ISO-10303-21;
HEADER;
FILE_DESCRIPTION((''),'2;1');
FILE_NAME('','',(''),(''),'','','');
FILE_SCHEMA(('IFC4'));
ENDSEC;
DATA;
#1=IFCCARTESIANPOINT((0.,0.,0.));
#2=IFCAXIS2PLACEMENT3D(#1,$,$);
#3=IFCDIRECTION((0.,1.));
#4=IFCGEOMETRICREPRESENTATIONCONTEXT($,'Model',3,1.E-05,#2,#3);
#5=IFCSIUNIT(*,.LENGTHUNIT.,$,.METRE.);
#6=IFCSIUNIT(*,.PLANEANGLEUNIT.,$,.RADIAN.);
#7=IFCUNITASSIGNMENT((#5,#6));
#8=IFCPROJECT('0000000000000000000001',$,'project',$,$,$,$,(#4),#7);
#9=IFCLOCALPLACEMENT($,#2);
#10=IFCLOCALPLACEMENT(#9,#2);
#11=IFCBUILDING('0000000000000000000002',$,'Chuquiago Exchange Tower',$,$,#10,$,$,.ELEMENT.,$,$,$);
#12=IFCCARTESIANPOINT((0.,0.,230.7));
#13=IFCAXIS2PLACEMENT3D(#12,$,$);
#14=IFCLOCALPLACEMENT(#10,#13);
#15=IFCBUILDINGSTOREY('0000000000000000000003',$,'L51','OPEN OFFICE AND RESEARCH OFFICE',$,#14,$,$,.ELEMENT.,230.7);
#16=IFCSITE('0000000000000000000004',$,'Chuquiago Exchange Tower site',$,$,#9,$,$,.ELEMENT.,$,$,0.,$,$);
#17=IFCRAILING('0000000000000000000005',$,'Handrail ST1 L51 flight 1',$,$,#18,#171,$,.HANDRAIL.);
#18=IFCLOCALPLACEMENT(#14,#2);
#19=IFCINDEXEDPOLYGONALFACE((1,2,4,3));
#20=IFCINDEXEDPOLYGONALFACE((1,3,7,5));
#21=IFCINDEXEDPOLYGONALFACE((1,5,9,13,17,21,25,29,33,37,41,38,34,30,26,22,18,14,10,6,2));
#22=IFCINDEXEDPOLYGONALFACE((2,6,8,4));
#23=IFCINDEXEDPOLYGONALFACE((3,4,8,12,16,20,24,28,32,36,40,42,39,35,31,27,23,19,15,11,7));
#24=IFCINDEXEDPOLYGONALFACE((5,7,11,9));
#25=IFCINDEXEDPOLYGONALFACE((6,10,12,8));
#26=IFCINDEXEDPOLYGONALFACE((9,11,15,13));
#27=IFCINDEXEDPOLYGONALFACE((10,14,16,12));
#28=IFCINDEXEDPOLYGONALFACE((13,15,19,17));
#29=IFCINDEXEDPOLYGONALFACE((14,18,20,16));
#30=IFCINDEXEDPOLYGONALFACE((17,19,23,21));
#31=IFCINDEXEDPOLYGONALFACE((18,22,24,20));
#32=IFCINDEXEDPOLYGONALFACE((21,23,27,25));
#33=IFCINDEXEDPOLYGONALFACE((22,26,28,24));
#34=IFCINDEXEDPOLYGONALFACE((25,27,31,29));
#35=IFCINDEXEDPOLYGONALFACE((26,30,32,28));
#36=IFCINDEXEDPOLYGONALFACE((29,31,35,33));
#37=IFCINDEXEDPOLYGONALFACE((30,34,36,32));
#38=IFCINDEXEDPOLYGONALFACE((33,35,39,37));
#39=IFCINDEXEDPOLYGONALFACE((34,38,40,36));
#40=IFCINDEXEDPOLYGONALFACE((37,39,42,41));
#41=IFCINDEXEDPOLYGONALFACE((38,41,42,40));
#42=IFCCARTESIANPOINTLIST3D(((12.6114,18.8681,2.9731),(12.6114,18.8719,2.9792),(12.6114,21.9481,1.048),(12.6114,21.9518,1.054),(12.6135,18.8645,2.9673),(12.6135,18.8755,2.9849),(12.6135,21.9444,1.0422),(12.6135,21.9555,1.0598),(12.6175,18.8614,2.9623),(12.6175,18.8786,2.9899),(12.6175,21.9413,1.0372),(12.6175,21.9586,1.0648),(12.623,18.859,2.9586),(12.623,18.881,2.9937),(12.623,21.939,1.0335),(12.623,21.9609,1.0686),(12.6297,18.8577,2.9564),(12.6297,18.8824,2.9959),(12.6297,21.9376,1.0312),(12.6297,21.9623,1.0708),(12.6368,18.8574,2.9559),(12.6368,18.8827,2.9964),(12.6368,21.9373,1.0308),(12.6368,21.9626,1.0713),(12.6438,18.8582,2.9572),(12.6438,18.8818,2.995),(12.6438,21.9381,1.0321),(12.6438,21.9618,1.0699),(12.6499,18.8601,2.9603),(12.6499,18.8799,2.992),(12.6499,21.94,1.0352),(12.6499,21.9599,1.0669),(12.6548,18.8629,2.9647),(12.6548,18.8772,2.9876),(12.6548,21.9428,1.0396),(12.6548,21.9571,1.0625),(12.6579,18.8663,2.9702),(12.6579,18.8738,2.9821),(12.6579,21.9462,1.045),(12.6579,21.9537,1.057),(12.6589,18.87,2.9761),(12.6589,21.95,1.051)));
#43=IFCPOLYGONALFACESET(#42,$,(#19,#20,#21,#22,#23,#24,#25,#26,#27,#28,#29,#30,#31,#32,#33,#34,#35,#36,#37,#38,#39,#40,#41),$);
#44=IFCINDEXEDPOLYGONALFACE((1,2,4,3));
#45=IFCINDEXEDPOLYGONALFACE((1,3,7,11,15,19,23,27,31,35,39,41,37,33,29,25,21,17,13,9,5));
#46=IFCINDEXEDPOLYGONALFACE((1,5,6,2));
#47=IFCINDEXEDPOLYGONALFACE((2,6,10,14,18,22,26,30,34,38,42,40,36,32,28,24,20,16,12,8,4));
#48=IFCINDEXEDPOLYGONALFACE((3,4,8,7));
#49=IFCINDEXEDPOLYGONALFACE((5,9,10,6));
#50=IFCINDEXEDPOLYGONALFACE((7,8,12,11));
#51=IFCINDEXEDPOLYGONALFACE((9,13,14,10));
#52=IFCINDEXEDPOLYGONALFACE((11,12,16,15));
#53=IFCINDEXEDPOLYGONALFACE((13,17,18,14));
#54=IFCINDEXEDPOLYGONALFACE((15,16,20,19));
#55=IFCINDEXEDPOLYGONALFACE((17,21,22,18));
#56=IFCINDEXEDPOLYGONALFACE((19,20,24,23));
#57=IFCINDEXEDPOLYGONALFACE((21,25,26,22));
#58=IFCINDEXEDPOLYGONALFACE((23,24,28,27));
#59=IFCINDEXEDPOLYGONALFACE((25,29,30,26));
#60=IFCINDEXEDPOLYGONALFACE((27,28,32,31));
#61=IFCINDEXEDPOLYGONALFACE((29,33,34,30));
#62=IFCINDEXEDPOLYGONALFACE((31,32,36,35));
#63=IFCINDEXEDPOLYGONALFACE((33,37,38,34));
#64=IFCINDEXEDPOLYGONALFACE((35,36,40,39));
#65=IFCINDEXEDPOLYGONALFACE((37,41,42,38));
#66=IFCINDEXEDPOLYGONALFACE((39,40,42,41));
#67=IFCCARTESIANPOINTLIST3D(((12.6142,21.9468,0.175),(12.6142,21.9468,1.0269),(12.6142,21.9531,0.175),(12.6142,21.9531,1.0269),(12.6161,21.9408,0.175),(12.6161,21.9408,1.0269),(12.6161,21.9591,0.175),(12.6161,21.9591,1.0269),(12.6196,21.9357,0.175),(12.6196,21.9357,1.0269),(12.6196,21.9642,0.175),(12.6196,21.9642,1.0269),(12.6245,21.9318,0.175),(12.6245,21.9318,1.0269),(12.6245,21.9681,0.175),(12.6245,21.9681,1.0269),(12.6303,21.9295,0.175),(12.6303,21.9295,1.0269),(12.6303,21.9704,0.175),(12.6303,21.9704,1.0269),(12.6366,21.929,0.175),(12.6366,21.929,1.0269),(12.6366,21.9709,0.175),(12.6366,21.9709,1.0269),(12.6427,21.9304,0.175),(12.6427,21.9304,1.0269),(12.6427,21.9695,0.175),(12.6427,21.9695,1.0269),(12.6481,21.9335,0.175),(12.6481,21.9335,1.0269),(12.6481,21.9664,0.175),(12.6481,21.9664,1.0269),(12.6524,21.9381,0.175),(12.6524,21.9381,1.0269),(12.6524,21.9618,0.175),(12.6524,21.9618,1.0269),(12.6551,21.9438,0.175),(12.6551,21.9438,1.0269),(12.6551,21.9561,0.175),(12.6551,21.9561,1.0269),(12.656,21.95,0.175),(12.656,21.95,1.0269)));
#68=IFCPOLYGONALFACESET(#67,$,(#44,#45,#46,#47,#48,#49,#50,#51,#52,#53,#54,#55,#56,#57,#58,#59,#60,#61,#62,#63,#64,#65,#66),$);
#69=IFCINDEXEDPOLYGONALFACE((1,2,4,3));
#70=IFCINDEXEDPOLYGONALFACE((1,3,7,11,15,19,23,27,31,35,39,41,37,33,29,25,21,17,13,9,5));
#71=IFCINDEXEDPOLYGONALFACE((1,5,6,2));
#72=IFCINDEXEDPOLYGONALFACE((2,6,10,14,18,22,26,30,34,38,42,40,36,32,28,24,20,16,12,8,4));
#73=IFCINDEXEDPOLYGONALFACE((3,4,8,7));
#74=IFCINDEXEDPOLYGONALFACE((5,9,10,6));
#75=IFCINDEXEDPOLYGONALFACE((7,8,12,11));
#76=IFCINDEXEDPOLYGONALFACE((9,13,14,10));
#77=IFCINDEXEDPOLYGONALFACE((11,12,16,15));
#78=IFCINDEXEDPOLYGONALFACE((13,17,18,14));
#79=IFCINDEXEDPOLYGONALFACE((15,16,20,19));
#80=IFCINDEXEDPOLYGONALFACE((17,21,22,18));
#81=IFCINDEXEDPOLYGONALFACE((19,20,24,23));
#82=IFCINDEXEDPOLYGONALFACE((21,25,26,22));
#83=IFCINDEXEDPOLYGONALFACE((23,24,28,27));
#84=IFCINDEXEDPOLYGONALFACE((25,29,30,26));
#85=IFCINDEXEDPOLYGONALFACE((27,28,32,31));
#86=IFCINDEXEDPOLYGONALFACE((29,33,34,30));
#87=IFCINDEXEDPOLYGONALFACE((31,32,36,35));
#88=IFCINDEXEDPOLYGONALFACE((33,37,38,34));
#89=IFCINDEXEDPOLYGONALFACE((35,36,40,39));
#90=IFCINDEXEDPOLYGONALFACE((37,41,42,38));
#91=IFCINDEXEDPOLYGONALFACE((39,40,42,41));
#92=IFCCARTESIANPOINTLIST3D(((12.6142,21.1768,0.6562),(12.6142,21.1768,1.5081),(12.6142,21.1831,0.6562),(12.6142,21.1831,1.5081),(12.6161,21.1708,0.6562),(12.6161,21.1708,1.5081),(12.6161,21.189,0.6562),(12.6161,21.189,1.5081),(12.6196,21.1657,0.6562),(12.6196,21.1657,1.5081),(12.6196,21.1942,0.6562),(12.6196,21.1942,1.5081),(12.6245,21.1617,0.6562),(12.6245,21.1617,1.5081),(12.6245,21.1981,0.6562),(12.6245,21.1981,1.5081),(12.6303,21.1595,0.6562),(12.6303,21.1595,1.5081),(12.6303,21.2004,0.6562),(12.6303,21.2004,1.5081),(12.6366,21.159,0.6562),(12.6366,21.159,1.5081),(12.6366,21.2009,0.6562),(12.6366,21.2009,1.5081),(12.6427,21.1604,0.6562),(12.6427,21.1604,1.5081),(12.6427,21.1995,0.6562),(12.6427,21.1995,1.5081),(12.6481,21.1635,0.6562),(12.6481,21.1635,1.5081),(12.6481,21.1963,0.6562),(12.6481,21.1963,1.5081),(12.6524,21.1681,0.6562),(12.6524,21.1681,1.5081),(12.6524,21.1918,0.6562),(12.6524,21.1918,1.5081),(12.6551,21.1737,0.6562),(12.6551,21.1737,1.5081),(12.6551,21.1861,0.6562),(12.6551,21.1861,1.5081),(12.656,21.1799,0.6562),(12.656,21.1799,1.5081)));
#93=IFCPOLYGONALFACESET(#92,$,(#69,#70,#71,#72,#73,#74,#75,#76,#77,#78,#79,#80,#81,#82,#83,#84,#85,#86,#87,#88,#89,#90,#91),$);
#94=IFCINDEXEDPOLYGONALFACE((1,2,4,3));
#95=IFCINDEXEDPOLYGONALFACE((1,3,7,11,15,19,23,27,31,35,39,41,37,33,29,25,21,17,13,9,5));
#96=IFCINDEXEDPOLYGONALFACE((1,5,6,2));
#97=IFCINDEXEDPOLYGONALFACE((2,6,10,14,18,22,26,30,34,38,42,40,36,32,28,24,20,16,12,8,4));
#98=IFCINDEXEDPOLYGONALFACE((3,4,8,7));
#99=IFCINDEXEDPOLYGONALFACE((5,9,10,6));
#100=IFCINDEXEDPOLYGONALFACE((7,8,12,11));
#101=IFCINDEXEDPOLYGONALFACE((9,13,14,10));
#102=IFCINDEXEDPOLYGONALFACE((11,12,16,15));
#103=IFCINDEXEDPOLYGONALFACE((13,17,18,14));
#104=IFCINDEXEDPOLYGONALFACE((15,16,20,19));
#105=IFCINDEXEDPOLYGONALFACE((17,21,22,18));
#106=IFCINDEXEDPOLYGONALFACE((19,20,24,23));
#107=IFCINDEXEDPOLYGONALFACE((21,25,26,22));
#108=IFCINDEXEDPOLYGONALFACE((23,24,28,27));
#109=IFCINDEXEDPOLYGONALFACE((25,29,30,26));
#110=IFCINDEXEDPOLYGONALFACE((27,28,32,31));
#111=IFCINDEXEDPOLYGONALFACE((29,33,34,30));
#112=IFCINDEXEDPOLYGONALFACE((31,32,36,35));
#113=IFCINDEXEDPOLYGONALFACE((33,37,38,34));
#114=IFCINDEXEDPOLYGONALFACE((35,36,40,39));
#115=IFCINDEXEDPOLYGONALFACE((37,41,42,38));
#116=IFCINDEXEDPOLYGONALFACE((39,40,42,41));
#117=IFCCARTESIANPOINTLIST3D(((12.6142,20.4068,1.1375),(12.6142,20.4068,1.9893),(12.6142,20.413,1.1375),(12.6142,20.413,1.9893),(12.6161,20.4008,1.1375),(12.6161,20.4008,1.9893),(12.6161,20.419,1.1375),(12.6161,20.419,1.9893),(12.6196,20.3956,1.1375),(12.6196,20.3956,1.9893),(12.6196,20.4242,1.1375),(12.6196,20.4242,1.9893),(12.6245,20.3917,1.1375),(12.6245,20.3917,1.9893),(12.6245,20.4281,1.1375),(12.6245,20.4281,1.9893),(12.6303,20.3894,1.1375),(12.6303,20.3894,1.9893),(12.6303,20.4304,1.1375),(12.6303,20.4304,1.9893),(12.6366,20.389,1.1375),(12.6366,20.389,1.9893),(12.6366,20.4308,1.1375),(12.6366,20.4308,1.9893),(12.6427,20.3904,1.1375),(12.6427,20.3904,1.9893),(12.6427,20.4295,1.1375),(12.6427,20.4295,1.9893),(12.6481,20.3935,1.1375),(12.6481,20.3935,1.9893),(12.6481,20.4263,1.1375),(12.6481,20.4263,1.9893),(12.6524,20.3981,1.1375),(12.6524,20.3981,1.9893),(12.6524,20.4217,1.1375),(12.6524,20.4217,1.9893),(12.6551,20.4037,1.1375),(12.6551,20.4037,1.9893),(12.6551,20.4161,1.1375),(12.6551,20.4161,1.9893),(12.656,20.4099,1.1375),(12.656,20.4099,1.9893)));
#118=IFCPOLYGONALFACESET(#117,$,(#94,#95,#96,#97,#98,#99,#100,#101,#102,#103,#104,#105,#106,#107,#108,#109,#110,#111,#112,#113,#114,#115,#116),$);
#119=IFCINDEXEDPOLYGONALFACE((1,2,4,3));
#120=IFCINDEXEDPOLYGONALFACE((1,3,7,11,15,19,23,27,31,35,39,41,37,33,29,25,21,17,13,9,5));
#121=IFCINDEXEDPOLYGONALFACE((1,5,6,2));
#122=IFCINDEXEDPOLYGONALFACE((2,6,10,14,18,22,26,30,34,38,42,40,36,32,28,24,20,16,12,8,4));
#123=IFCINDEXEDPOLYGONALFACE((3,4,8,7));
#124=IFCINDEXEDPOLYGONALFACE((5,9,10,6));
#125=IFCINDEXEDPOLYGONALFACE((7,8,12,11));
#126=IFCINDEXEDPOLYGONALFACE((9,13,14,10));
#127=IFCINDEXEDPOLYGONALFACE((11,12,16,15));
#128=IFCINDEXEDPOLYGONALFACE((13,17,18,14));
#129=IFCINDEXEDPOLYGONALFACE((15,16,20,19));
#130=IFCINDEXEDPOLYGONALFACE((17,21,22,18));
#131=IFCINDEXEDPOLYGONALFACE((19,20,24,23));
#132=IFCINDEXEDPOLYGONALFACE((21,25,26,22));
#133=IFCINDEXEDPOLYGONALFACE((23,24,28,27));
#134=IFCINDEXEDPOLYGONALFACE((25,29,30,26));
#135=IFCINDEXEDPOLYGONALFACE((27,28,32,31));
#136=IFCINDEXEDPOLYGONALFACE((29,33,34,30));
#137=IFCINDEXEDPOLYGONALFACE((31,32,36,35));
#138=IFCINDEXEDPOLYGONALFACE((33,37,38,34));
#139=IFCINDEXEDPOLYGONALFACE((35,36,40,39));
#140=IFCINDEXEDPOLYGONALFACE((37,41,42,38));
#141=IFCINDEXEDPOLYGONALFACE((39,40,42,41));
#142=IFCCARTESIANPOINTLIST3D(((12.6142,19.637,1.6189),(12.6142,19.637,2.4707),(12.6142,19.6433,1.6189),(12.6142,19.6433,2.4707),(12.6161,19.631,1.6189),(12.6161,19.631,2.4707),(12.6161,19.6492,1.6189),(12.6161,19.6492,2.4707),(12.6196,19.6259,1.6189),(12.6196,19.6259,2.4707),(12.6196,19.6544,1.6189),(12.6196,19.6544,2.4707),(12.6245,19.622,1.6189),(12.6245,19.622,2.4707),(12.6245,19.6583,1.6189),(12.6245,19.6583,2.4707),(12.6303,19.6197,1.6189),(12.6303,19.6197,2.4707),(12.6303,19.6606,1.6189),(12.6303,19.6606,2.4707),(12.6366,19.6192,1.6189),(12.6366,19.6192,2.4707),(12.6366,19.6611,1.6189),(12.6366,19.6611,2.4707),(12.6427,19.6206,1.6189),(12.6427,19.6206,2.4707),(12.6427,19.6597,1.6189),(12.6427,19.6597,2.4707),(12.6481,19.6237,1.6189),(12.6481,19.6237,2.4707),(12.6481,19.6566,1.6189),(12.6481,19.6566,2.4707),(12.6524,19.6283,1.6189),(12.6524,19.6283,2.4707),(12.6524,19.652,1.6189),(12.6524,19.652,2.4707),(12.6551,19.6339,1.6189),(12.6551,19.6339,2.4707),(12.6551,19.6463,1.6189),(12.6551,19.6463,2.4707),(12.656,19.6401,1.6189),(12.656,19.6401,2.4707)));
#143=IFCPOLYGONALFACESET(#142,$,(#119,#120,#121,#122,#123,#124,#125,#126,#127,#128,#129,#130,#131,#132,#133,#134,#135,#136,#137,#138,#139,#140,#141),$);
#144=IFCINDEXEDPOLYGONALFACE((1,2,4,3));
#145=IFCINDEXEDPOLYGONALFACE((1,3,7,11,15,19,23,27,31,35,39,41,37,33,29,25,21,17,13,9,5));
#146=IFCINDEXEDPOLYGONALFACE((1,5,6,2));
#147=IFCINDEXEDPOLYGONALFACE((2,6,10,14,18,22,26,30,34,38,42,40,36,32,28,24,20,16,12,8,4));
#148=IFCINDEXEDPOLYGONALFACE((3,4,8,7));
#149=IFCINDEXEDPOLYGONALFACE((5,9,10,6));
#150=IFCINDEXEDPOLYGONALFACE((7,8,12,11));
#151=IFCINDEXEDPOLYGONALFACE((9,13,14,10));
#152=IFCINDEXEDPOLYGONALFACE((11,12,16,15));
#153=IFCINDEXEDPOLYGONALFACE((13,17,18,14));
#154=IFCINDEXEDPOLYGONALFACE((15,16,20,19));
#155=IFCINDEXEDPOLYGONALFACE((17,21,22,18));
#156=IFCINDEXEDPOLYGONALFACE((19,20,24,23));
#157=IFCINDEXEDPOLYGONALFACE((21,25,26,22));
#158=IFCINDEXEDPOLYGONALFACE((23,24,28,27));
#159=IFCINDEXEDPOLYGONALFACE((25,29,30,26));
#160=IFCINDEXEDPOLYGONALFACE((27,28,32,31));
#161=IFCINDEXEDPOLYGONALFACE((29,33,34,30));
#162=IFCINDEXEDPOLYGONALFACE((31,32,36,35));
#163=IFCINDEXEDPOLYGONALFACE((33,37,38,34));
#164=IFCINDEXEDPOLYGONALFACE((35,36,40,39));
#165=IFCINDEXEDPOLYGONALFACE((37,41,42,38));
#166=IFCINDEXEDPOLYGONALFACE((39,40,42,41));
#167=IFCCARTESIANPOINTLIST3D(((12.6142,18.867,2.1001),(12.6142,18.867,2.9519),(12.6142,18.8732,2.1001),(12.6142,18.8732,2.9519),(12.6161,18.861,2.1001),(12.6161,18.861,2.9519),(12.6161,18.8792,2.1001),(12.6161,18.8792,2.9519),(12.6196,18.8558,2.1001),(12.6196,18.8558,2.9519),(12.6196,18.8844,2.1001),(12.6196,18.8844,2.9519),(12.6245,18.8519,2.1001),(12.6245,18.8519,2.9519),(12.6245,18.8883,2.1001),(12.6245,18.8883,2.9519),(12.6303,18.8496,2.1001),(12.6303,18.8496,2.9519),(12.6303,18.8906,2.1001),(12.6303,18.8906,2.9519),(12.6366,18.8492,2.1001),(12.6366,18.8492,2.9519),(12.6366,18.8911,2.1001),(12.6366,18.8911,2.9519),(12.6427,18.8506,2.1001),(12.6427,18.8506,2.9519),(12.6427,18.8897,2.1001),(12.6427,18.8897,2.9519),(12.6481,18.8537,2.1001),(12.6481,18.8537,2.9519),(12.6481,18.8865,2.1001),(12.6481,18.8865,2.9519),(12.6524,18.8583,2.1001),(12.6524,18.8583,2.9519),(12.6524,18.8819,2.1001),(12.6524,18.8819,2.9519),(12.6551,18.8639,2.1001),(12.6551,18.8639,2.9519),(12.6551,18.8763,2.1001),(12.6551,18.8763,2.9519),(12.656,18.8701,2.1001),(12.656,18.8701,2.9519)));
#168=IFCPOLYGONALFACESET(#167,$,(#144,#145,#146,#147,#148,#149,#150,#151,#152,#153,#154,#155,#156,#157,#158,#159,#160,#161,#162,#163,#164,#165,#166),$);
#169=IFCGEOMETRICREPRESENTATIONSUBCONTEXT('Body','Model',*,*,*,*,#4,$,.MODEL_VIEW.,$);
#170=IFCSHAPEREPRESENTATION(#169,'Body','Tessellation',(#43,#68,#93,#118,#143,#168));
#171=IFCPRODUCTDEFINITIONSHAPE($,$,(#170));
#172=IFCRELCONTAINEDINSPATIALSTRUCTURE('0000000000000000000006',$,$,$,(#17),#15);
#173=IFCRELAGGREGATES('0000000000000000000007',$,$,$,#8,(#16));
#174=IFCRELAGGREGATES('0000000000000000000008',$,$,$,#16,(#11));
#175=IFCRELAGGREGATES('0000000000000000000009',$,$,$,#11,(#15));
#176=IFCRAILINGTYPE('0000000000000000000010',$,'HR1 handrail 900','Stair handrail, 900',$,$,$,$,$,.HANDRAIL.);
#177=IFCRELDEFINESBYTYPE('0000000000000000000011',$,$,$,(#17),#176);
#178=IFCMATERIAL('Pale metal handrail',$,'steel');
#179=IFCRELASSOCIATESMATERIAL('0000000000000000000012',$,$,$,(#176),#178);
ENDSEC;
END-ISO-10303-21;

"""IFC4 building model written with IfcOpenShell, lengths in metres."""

from ifc_helpers import new_model, si_unit, direction, frame, origin, origin_2d, place, context, subcontext, project, spatial, circle, extrude, material, type_object, element, save


model = new_model("IFC4")

# Units and contexts
model_context = context("Model", 3, precision=1e-05, world=origin(), true_north=direction((0.0, 1.0)))
body_context = subcontext(model_context, "Body", "Model", "MODEL_VIEW")
ifc_project = project(units=[si_unit("LENGTHUNIT", "METRE"), si_unit("PLANEANGLEUNIT", "RADIAN")], contexts=[model_context])

# Site, building, storey
site_placement = place(None, origin())
site = spatial("IfcSite", under=ifc_project, at=site_placement, Name="Chuquiago Exchange Tower site", CompositionType="ELEMENT", RefElevation=0.0)
building_placement = place(site_placement, origin())
building = spatial("IfcBuilding", under=site, at=building_placement, Name="Chuquiago Exchange Tower", CompositionType="ELEMENT")
storey_placement = place(building_placement, frame((0.0, 0.0, 230.7)))
storey = spatial("IfcBuildingStorey", under=building, at=storey_placement, Name="L51", Description="OPEN OFFICE AND RESEARCH OFFICE", CompositionType="ELEMENT", Elevation=230.7)

# Railing
ifc_material_1 = material(Name="Pale metal handrail", Category="steel")
railing_type_1 = type_object("IfcRailingType", Name="HR1 handrail 900", Description="Stair handrail, 900", PredefinedType="HANDRAIL", material=ifc_material_1)
for number, where, name in (
    (1, (12.635, 21.95, 0.175), "Handrail ST1 L51 flight 1"),
):
    element("IfcRailing", number, at=place(storey_placement, frame(where)), inside=storey, type_object=railing_type_1, Name=name, PredefinedType="HANDRAIL", context=body_context, shape_type="SweptSolid", body=[
        extrude(circle(Radius=0.0239, at=origin_2d()), frame((0.0, 0.0, 0.876), z_axis=(0.0, -0.847979, 0.530029), x_axis=(1.0, 0.0, 0.0)), (0.0, 0.0, 1.0), 3.6321),
        extrude(circle(Radius=0.021, at=origin_2d()), origin(), (0.0, 0.0, 1.0), 0.8518),
        extrude(circle(Radius=0.021, at=origin_2d()), frame((0.0, -0.77, 0.4812)), (0.0, 0.0, 1.0), 0.8518),
        extrude(circle(Radius=0.021, at=origin_2d()), frame((0.0, -1.54, 0.9624)), (0.0, 0.0, 1.0), 0.8518),
        extrude(circle(Radius=0.021, at=origin_2d()), frame((0.0, -2.3098, 1.4438)), (0.0, 0.0, 1.0), 0.8518),
        extrude(circle(Radius=0.021, at=origin_2d()), frame((0.0, -3.0798, 1.925)), (0.0, 0.0, 1.0), 0.8518),
    ])

save(model, "model.ifc")
